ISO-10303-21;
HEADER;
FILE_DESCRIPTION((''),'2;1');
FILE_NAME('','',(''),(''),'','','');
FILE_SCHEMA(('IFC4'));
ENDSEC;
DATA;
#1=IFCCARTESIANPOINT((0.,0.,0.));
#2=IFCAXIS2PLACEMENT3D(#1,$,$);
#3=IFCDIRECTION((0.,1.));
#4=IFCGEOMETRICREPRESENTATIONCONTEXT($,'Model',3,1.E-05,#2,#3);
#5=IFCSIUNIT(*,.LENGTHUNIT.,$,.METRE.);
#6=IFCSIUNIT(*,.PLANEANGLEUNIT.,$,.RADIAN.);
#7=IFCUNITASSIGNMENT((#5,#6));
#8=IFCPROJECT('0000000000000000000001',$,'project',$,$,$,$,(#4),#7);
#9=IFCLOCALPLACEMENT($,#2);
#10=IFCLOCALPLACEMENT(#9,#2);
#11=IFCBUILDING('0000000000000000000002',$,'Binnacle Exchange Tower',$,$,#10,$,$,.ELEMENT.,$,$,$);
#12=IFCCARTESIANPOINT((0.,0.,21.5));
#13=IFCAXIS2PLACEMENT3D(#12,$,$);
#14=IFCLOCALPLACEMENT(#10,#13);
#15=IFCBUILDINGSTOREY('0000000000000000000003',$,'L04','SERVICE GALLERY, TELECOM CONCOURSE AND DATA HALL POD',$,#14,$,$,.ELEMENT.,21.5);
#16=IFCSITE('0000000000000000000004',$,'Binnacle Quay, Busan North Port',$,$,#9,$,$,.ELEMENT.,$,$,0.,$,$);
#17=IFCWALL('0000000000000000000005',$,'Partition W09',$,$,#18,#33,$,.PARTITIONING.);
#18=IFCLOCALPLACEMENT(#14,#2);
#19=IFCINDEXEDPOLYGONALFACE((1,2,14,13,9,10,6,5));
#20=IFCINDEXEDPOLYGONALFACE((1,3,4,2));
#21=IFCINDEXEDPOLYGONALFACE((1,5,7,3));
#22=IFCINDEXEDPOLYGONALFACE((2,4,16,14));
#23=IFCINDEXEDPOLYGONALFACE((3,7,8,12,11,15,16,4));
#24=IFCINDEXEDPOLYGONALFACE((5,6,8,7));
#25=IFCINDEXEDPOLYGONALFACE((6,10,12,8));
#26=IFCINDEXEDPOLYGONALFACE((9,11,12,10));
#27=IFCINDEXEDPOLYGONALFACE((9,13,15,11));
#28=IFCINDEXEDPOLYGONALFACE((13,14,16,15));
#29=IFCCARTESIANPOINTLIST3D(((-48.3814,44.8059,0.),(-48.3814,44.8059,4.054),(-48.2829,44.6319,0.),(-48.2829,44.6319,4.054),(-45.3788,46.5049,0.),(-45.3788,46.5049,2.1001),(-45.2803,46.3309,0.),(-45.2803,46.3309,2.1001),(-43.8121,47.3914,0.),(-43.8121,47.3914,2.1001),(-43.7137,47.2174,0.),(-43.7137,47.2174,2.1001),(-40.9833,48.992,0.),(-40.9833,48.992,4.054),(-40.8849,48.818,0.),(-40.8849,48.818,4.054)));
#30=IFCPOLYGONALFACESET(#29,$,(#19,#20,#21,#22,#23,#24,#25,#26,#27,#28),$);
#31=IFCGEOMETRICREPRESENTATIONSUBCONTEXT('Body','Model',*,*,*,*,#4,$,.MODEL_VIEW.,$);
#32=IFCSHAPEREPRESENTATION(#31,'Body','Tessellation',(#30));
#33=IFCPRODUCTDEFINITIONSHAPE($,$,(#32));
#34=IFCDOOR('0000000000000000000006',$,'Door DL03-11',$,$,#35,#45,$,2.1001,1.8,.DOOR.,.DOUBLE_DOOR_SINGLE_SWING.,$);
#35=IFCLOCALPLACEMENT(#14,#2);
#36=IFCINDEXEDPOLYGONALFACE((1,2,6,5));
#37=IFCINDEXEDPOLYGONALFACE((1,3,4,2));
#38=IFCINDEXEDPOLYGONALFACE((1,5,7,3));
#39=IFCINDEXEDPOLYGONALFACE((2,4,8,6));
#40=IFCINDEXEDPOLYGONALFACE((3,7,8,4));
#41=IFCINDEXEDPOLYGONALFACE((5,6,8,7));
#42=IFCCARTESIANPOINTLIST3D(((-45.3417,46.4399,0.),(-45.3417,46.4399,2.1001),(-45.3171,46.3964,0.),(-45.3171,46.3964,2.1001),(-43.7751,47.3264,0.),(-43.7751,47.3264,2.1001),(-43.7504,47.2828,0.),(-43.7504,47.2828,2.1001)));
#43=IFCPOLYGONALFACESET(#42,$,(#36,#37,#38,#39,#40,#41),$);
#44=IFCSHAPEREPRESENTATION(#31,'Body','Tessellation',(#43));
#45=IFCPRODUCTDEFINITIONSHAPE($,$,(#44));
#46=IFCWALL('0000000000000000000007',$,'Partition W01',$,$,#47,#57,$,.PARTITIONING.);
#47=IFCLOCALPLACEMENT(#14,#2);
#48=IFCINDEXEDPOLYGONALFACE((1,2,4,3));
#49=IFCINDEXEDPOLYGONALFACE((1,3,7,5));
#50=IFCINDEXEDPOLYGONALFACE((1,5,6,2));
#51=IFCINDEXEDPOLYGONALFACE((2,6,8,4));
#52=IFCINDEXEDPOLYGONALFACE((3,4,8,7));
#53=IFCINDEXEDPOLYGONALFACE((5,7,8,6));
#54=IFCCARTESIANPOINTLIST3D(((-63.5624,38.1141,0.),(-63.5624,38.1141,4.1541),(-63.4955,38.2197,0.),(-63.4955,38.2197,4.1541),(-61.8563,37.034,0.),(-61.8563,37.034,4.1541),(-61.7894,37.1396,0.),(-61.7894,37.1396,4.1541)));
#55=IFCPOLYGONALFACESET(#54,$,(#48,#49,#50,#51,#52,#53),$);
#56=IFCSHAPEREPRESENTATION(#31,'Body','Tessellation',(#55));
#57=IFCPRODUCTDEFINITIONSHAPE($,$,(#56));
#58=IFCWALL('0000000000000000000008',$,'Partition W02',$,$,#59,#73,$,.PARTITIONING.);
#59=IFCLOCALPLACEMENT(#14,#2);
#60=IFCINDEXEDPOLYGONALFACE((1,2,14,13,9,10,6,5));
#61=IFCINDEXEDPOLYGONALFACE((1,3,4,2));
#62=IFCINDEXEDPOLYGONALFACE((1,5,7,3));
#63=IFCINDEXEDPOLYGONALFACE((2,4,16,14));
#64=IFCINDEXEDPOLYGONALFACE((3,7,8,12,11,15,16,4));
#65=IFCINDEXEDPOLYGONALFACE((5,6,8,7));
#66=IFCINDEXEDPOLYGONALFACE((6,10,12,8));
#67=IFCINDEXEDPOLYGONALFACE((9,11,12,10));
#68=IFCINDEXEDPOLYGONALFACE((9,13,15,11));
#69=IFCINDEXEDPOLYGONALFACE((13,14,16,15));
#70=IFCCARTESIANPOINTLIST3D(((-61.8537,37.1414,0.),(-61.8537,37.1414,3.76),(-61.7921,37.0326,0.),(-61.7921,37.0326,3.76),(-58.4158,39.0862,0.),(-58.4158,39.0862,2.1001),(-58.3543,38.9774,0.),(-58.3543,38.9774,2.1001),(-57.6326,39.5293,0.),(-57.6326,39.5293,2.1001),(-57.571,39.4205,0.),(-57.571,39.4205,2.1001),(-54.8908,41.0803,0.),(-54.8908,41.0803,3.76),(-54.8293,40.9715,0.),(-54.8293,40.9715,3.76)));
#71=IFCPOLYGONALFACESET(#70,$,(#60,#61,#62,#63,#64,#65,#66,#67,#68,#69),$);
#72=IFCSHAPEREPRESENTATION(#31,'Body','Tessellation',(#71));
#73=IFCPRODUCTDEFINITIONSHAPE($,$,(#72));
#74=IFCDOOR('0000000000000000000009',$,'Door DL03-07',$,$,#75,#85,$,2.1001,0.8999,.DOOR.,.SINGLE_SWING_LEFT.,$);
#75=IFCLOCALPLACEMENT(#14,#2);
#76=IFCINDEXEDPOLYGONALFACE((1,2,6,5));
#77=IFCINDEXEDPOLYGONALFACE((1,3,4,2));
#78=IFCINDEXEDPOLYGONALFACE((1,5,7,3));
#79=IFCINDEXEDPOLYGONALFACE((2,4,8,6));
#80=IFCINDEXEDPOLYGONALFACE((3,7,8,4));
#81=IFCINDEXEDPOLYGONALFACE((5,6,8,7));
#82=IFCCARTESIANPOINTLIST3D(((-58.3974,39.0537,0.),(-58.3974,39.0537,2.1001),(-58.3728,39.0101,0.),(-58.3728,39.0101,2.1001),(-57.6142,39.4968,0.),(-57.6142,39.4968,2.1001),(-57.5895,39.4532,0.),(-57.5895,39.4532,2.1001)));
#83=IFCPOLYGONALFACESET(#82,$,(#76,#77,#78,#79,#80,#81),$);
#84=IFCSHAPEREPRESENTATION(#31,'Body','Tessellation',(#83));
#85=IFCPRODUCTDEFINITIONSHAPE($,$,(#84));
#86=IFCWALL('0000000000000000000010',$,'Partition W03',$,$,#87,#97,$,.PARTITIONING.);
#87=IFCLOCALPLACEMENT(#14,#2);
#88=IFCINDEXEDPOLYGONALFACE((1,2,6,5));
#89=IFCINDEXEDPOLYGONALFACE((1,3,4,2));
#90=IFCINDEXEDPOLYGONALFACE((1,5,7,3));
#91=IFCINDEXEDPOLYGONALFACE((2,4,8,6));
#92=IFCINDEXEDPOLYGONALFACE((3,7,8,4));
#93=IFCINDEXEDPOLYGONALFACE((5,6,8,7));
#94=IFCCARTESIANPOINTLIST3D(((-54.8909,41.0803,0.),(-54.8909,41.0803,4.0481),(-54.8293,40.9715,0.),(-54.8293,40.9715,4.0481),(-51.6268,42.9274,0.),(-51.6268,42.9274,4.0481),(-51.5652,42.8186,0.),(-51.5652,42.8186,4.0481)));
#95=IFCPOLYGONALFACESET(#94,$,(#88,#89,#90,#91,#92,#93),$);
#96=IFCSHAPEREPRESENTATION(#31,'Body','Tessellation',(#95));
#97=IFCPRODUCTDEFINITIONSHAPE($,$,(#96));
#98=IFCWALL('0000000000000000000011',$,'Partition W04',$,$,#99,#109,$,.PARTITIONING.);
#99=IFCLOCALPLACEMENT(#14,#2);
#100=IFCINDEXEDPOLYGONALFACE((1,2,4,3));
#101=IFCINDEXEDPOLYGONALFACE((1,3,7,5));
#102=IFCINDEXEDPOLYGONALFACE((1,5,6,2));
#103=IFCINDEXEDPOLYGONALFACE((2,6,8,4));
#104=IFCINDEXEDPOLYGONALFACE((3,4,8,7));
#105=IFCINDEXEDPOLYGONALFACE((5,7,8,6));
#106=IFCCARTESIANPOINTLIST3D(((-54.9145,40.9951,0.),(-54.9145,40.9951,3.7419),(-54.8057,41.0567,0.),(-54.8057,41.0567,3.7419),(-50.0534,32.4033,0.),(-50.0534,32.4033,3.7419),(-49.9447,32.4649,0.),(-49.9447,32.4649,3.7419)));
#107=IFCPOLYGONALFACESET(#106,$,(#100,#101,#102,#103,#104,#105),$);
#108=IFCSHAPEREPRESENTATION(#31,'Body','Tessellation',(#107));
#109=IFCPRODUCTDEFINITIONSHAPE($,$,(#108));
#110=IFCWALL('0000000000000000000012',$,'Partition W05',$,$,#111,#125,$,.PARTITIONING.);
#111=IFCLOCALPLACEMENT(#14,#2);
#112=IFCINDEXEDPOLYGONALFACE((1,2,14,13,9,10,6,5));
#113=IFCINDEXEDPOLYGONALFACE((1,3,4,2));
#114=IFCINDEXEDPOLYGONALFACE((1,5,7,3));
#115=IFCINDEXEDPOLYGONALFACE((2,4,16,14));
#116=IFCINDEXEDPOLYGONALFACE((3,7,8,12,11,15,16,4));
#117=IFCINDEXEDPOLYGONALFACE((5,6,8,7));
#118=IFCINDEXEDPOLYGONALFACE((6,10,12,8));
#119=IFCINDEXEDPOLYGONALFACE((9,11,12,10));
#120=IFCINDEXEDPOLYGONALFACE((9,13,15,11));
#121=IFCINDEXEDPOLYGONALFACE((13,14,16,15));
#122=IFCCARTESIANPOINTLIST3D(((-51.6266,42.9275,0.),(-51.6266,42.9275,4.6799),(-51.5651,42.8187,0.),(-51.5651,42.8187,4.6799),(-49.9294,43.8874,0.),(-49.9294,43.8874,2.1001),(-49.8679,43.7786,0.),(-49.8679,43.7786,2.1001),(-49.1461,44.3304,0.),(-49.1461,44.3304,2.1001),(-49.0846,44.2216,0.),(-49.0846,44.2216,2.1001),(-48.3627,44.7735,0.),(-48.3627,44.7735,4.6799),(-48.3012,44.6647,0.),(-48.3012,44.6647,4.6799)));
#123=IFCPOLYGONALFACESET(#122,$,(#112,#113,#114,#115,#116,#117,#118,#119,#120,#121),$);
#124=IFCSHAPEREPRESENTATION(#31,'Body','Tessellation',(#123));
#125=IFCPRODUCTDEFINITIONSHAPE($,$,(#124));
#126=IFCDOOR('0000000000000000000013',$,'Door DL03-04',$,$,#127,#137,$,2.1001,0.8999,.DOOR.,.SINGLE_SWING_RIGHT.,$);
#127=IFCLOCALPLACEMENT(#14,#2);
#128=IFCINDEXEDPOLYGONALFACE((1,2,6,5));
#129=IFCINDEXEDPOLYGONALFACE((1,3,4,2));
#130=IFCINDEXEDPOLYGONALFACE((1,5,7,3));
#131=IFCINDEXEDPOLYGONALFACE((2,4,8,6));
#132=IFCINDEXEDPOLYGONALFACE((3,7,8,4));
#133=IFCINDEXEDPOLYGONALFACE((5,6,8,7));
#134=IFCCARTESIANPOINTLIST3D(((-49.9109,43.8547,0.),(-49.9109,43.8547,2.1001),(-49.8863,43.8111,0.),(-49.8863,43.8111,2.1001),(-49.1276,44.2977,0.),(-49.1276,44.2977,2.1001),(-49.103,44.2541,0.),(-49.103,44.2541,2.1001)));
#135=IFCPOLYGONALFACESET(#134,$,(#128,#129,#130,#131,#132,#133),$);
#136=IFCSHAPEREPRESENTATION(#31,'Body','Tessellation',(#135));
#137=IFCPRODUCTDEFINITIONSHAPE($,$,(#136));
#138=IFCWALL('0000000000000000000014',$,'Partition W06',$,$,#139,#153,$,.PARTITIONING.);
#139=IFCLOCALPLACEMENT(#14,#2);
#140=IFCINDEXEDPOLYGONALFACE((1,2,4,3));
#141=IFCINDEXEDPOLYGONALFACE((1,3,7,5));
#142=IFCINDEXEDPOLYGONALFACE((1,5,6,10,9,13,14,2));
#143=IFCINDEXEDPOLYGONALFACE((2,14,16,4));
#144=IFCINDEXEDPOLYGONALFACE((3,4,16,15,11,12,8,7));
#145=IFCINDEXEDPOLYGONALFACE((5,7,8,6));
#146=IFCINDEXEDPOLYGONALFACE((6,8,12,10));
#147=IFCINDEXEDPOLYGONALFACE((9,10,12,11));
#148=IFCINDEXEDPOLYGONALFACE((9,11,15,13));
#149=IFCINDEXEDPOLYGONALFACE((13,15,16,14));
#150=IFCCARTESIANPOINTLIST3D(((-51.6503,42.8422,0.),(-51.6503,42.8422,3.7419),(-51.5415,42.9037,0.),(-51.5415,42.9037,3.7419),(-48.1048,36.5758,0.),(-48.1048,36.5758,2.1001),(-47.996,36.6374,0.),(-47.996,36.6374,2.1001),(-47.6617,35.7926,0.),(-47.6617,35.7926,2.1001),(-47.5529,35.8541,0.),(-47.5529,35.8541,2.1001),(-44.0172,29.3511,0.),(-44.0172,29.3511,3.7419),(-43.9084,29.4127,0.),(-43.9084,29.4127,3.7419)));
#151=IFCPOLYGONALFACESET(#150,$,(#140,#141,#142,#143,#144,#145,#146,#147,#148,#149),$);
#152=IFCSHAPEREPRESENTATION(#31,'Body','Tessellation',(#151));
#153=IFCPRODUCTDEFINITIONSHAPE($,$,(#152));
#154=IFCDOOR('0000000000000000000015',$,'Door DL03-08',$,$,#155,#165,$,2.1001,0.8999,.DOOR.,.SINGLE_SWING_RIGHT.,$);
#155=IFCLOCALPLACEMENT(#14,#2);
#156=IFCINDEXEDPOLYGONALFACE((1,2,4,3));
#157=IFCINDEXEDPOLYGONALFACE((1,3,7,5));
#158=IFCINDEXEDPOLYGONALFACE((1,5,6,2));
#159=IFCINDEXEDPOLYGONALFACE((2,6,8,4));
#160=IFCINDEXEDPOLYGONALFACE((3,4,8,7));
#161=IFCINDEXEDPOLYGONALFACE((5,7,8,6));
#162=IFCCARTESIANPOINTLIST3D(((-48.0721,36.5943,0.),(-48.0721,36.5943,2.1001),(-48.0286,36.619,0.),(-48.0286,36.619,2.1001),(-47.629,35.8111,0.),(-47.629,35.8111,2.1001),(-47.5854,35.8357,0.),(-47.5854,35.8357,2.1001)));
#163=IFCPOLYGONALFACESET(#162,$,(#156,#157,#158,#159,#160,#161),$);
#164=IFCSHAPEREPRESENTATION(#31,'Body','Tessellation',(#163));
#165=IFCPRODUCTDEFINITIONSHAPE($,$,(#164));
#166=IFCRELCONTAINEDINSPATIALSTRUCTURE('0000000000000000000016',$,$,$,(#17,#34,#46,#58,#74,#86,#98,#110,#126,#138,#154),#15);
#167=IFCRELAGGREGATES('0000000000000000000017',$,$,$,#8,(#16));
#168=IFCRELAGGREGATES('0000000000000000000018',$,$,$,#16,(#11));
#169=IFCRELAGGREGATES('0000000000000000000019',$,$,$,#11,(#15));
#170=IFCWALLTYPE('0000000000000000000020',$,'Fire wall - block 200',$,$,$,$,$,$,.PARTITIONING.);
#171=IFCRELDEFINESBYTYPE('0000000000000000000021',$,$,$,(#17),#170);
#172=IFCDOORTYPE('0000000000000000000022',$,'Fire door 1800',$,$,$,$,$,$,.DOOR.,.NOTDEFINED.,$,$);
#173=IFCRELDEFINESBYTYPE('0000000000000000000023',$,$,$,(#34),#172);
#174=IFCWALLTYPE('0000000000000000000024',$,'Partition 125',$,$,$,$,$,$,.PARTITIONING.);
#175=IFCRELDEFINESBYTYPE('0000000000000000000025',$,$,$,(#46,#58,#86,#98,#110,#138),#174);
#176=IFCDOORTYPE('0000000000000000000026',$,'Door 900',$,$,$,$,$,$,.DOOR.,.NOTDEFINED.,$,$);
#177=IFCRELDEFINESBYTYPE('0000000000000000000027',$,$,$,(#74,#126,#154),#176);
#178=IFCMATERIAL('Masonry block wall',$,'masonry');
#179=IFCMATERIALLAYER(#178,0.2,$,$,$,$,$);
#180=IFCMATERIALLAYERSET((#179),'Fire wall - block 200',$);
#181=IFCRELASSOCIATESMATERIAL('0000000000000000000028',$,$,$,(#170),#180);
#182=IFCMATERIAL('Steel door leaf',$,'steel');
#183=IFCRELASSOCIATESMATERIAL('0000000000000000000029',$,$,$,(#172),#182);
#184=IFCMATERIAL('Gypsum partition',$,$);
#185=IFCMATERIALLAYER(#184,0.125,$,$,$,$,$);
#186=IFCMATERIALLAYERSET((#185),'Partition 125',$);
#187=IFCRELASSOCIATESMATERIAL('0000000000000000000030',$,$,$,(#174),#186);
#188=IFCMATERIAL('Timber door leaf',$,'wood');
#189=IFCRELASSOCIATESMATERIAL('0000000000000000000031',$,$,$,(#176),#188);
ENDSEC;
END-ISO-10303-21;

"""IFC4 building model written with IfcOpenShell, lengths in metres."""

from ifc_helpers import new_model, si_unit, direction, frame, frame_2d, origin, place, context, subcontext, project, spatial, rectangle, extrude, material, layer, layer_set, type_object, element, fill, save


model = new_model("IFC4")

# Units and contexts
model_context = context("Model", 3, precision=1e-05, world=origin(), true_north=direction((0.0, 1.0)))
body_context = subcontext(model_context, "Body", "Model", "MODEL_VIEW")
ifc_project = project(units=[si_unit("LENGTHUNIT", "METRE"), si_unit("PLANEANGLEUNIT", "RADIAN")], contexts=[model_context])

# Site, building, storey
site_placement = place(None, origin())
site = spatial("IfcSite", under=ifc_project, at=site_placement, Name="Binnacle Quay, Busan North Port", CompositionType="ELEMENT", RefElevation=0.0)
building_placement = place(site_placement, origin())
building = spatial("IfcBuilding", under=site, at=building_placement, Name="Binnacle Exchange Tower", CompositionType="ELEMENT")
storey_placement = place(building_placement, frame((0.0, 0.0, 21.5)))
storey = spatial("IfcBuildingStorey", under=building, at=storey_placement, Name="L04", Description="SERVICE GALLERY, TELECOM CONCOURSE AND DATA HALL POD", CompositionType="ELEMENT", Elevation=21.5)

# Shared definitions
ifc_material_1 = material(Name="Steel door leaf", Category="steel")

# Shared definitions
ifc_material_2 = material(Name="Masonry block wall", Category="masonry")
ifc_layer_1 = layer(ifc_material_2, 0.2)
ifc_layer_set_1 = layer_set([ifc_layer_1], Name="Fire wall - block 200")
wall_type_1 = type_object("IfcWallType", Name="Fire wall - block 200", PredefinedType="PARTITIONING", material=ifc_layer_set_1)

# Wall, opening, door
wall_1_placement = place(storey_placement, frame((-48.332, 44.719, 0.0), z_axis=(0.0, 0.0, 1.0), x_axis=(0.870332, 0.492466, 0.0)))
wall_1 = element("IfcWall", 1, at=wall_1_placement, inside=storey, type_object=wall_type_1, Name="Partition W09", PredefinedType="PARTITIONING", context=body_context, shape_type="SweptSolid", body=[
    extrude(rectangle(XDim=8.5002, YDim=0.2, at=frame_2d((4.25, 0.0))), origin(), (0.0, 0.0, 1.0), 4.054),
])
opening_1_placement = place(wall_1_placement, frame((3.45, 0.0, 0.0)))
opening_1 = element("IfcOpeningElement", 2, at=opening_1_placement, cuts=wall_1, PredefinedType="OPENING", context=body_context, shape_type="SweptSolid", body=[
    extrude(rectangle(XDim=1.8, YDim=2.1001, at=frame_2d((0.8999, 1.05))), frame((0.0, 0.1099, 0.0), z_axis=(0.0, -1.0, 0.0), x_axis=(1.0, 0.0, 0.0)), (0.0, 0.0, 1.0), 0.22),
])
door_type_1 = type_object("IfcDoorType", Name="Fire door 1800", OperationType="NOTDEFINED", PredefinedType="DOOR", material=ifc_material_1)
door_1_placement = place(opening_1_placement, frame((1.8, 0.0, 0.0), z_axis=(0.0, 0.0, 1.0), x_axis=(-1.0, 0.0, 0.0)))
door_1 = element("IfcDoor", 3, at=door_1_placement, inside=storey, type_object=door_type_1, Name="Door DL03-11", OperationType="DOUBLE_DOOR_SINGLE_SWING", OverallHeight=2.1001, OverallWidth=1.8, PredefinedType="DOOR", context=body_context, shape_type="SweptSolid", body=[
    extrude(rectangle(XDim=1.8, YDim=2.1001, at=frame_2d((0.8999, 1.05))), frame((0.0, 0.0249, 0.0), z_axis=(0.0, -1.0, 0.0), x_axis=(1.0, 0.0, 0.0)), (0.0, 0.0, 1.0), 0.05),
])
fill(opening_1, door_1)

# Wall
ifc_material_3 = material(Name="Gypsum partition")
ifc_layer_2 = layer(ifc_material_3, 0.125)
ifc_layer_set_2 = layer_set([ifc_layer_2], Name="Partition 125")
wall_type_2 = type_object("IfcWallType", Name="Partition 125", PredefinedType="PARTITIONING", material=ifc_layer_set_2)
wall_2_placement = place(storey_placement, frame((-63.5291, 38.167, 0.0), z_axis=(0.0, 0.0, 1.0), x_axis=(0.844914, -0.534902, 0.0)))
element("IfcWall", 4, at=wall_2_placement, inside=storey, type_object=wall_type_2, Name="Partition W01", PredefinedType="PARTITIONING", context=body_context, shape_type="SweptSolid", body=[
    extrude(rectangle(XDim=2.0193, YDim=0.125, at=frame_2d((1.0098, 0.0))), origin(), (0.0, 0.0, 1.0), 4.1541),
])

# Wall, opening, door
wall_3_placement = place(storey_placement, frame((-61.823, 37.0869, 0.0), z_axis=(0.0, 0.0, 1.0), x_axis=(0.87038, 0.492381, 0.0)))
wall_3 = element("IfcWall", 5, at=wall_3_placement, inside=storey, type_object=wall_type_2, Name="Partition W02", PredefinedType="PARTITIONING", context=body_context, shape_type="SweptSolid", body=[
    extrude(rectangle(XDim=7.9998, YDim=0.125, at=frame_2d((4.0, 0.0))), origin(), (0.0, 0.0, 1.0), 3.76),
])
opening_2_placement = place(wall_3_placement, frame((3.95, 0.0, 0.0)))
opening_2 = element("IfcOpeningElement", 6, at=opening_2_placement, cuts=wall_3, PredefinedType="OPENING", context=body_context, shape_type="SweptSolid", body=[
    extrude(rectangle(XDim=0.8999, YDim=2.1001, at=frame_2d((0.45, 1.05))), frame((0.0, 0.0725, 0.0), z_axis=(0.0, -1.0, 0.0), x_axis=(1.0, 0.0, 0.0)), (0.0, 0.0, 1.0), 0.145),
])
ifc_material_4 = material(Name="Timber door leaf", Category="wood")
door_type_2 = type_object("IfcDoorType", Name="Door 900", OperationType="NOTDEFINED", PredefinedType="DOOR", material=ifc_material_4)
door_2_placement = place(opening_2_placement, frame((0.8999, 0.0, 0.0), z_axis=(0.0, 0.0, 1.0), x_axis=(-1.0, 0.0, 0.0)))
door_2 = element("IfcDoor", 7, at=door_2_placement, inside=storey, type_object=door_type_2, Name="Door DL03-07", OperationType="SINGLE_SWING_LEFT", OverallHeight=2.1001, OverallWidth=0.8999, PredefinedType="DOOR", context=body_context, shape_type="SweptSolid", body=[
    extrude(rectangle(XDim=0.8999, YDim=2.1001, at=frame_2d((0.45, 1.05))), frame((0.0, 0.0249, 0.0), z_axis=(0.0, -1.0, 0.0), x_axis=(1.0, 0.0, 0.0)), (0.0, 0.0, 1.0), 0.05),
])
fill(opening_2, door_2)

# Walls
wall_4_placement = place(storey_placement, frame((-54.8601, 41.0259, 0.0), z_axis=(0.0, 0.0, 1.0), x_axis=(0.870311, 0.492503, 0.0)))
element("IfcWall", 8, at=wall_4_placement, inside=storey, type_object=wall_type_2, Name="Partition W03", PredefinedType="PARTITIONING", context=body_context, shape_type="SweptSolid", body=[
    extrude(rectangle(XDim=3.7505, YDim=0.125, at=frame_2d((1.8752, 0.0))), origin(), (0.0, 0.0, 1.0), 4.0481),
])
wall_5_placement = place(storey_placement, frame((-54.8601, 41.0259, 0.0), z_axis=(0.0, 0.0, 1.0), x_axis=(0.49243, -0.870352, 0.0)))
element("IfcWall", 9, at=wall_5_placement, inside=storey, type_object=wall_type_2, Name="Partition W04", PredefinedType="PARTITIONING", context=body_context, shape_type="SweptSolid", body=[
    extrude(rectangle(XDim=9.8716, YDim=0.125, at=frame_2d((4.9358, 0.0))), origin(), (0.0, 0.0, 1.0), 3.7419),
])

# Walls, openings, doors
wall_6_placement = place(storey_placement, frame((-51.5959, 42.873, 0.0), z_axis=(0.0, 0.0, 1.0), x_axis=(0.870434, 0.492285, 0.0)))
wall_6 = element("IfcWall", 10, at=wall_6_placement, inside=storey, type_object=wall_type_2, Name="Partition W05", PredefinedType="PARTITIONING", context=body_context, shape_type="SweptSolid", body=[
    extrude(rectangle(XDim=3.7498, YDim=0.125, at=frame_2d((1.875, 0.0))), origin(), (0.0, 0.0, 1.0), 4.6799),
])
opening_3_placement = place(wall_6_placement, frame((1.95, 0.0, 0.0)))
opening_3 = element("IfcOpeningElement", 11, at=opening_3_placement, cuts=wall_6, PredefinedType="OPENING", context=body_context, shape_type="SweptSolid", body=[
    extrude(rectangle(XDim=0.8999, YDim=2.1001, at=frame_2d((0.45, 1.05))), frame((0.0, 0.0725, 0.0), z_axis=(0.0, -1.0, 0.0), x_axis=(1.0, 0.0, 0.0)), (0.0, 0.0, 1.0), 0.145),
])
door_3_placement = place(opening_3_placement, origin())
door_3 = element("IfcDoor", 12, at=door_3_placement, inside=storey, type_object=door_type_2, Name="Door DL03-04", OperationType="SINGLE_SWING_RIGHT", OverallHeight=2.1001, OverallWidth=0.8999, PredefinedType="DOOR", context=body_context, shape_type="SweptSolid", body=[
    extrude(rectangle(XDim=0.8999, YDim=2.1001, at=frame_2d((0.45, 1.05))), frame((0.0, 0.0249, 0.0), z_axis=(0.0, -1.0, 0.0), x_axis=(1.0, 0.0, 0.0)), (0.0, 0.0, 1.0), 0.05),
])
fill(opening_3, door_3)
wall_7_placement = place(storey_placement, frame((-51.5959, 42.873, 0.0), z_axis=(0.0, 0.0, 1.0), x_axis=(0.492435, -0.870349, 0.0)))
wall_7 = element("IfcWall", 13, at=wall_7_placement, inside=storey, type_object=wall_type_2, Name="Partition W06", PredefinedType="PARTITIONING", context=body_context, shape_type="SweptSolid", body=[
    extrude(rectangle(XDim=15.5007, YDim=0.125, at=frame_2d((7.7505, 0.0))), origin(), (0.0, 0.0, 1.0), 3.7419),
])
opening_4_placement = place(wall_7_placement, frame((7.2, 0.0, 0.0)))
opening_4 = element("IfcOpeningElement", 14, at=opening_4_placement, cuts=wall_7, PredefinedType="OPENING", context=body_context, shape_type="SweptSolid", body=[
    extrude(rectangle(XDim=0.8999, YDim=2.1001, at=frame_2d((0.45, 1.05))), frame((0.0, 0.0725, 0.0), z_axis=(0.0, -1.0, 0.0), x_axis=(1.0, 0.0, 0.0)), (0.0, 0.0, 1.0), 0.145),
])
door_4_placement = place(opening_4_placement, frame((0.8999, 0.0, 0.0), z_axis=(0.0, 0.0, 1.0), x_axis=(-1.0, 0.0, 0.0)))
door_4 = element("IfcDoor", 15, at=door_4_placement, inside=storey, type_object=door_type_2, Name="Door DL03-08", OperationType="SINGLE_SWING_RIGHT", OverallHeight=2.1001, OverallWidth=0.8999, PredefinedType="DOOR", context=body_context, shape_type="SweptSolid", body=[
    extrude(rectangle(XDim=0.8999, YDim=2.1001, at=frame_2d((0.45, 1.05))), frame((0.0, 0.0249, 0.0), z_axis=(0.0, -1.0, 0.0), x_axis=(1.0, 0.0, 0.0)), (0.0, 0.0, 1.0), 0.05),
])
fill(opening_4, door_4)

save(model, "model.ifc")
